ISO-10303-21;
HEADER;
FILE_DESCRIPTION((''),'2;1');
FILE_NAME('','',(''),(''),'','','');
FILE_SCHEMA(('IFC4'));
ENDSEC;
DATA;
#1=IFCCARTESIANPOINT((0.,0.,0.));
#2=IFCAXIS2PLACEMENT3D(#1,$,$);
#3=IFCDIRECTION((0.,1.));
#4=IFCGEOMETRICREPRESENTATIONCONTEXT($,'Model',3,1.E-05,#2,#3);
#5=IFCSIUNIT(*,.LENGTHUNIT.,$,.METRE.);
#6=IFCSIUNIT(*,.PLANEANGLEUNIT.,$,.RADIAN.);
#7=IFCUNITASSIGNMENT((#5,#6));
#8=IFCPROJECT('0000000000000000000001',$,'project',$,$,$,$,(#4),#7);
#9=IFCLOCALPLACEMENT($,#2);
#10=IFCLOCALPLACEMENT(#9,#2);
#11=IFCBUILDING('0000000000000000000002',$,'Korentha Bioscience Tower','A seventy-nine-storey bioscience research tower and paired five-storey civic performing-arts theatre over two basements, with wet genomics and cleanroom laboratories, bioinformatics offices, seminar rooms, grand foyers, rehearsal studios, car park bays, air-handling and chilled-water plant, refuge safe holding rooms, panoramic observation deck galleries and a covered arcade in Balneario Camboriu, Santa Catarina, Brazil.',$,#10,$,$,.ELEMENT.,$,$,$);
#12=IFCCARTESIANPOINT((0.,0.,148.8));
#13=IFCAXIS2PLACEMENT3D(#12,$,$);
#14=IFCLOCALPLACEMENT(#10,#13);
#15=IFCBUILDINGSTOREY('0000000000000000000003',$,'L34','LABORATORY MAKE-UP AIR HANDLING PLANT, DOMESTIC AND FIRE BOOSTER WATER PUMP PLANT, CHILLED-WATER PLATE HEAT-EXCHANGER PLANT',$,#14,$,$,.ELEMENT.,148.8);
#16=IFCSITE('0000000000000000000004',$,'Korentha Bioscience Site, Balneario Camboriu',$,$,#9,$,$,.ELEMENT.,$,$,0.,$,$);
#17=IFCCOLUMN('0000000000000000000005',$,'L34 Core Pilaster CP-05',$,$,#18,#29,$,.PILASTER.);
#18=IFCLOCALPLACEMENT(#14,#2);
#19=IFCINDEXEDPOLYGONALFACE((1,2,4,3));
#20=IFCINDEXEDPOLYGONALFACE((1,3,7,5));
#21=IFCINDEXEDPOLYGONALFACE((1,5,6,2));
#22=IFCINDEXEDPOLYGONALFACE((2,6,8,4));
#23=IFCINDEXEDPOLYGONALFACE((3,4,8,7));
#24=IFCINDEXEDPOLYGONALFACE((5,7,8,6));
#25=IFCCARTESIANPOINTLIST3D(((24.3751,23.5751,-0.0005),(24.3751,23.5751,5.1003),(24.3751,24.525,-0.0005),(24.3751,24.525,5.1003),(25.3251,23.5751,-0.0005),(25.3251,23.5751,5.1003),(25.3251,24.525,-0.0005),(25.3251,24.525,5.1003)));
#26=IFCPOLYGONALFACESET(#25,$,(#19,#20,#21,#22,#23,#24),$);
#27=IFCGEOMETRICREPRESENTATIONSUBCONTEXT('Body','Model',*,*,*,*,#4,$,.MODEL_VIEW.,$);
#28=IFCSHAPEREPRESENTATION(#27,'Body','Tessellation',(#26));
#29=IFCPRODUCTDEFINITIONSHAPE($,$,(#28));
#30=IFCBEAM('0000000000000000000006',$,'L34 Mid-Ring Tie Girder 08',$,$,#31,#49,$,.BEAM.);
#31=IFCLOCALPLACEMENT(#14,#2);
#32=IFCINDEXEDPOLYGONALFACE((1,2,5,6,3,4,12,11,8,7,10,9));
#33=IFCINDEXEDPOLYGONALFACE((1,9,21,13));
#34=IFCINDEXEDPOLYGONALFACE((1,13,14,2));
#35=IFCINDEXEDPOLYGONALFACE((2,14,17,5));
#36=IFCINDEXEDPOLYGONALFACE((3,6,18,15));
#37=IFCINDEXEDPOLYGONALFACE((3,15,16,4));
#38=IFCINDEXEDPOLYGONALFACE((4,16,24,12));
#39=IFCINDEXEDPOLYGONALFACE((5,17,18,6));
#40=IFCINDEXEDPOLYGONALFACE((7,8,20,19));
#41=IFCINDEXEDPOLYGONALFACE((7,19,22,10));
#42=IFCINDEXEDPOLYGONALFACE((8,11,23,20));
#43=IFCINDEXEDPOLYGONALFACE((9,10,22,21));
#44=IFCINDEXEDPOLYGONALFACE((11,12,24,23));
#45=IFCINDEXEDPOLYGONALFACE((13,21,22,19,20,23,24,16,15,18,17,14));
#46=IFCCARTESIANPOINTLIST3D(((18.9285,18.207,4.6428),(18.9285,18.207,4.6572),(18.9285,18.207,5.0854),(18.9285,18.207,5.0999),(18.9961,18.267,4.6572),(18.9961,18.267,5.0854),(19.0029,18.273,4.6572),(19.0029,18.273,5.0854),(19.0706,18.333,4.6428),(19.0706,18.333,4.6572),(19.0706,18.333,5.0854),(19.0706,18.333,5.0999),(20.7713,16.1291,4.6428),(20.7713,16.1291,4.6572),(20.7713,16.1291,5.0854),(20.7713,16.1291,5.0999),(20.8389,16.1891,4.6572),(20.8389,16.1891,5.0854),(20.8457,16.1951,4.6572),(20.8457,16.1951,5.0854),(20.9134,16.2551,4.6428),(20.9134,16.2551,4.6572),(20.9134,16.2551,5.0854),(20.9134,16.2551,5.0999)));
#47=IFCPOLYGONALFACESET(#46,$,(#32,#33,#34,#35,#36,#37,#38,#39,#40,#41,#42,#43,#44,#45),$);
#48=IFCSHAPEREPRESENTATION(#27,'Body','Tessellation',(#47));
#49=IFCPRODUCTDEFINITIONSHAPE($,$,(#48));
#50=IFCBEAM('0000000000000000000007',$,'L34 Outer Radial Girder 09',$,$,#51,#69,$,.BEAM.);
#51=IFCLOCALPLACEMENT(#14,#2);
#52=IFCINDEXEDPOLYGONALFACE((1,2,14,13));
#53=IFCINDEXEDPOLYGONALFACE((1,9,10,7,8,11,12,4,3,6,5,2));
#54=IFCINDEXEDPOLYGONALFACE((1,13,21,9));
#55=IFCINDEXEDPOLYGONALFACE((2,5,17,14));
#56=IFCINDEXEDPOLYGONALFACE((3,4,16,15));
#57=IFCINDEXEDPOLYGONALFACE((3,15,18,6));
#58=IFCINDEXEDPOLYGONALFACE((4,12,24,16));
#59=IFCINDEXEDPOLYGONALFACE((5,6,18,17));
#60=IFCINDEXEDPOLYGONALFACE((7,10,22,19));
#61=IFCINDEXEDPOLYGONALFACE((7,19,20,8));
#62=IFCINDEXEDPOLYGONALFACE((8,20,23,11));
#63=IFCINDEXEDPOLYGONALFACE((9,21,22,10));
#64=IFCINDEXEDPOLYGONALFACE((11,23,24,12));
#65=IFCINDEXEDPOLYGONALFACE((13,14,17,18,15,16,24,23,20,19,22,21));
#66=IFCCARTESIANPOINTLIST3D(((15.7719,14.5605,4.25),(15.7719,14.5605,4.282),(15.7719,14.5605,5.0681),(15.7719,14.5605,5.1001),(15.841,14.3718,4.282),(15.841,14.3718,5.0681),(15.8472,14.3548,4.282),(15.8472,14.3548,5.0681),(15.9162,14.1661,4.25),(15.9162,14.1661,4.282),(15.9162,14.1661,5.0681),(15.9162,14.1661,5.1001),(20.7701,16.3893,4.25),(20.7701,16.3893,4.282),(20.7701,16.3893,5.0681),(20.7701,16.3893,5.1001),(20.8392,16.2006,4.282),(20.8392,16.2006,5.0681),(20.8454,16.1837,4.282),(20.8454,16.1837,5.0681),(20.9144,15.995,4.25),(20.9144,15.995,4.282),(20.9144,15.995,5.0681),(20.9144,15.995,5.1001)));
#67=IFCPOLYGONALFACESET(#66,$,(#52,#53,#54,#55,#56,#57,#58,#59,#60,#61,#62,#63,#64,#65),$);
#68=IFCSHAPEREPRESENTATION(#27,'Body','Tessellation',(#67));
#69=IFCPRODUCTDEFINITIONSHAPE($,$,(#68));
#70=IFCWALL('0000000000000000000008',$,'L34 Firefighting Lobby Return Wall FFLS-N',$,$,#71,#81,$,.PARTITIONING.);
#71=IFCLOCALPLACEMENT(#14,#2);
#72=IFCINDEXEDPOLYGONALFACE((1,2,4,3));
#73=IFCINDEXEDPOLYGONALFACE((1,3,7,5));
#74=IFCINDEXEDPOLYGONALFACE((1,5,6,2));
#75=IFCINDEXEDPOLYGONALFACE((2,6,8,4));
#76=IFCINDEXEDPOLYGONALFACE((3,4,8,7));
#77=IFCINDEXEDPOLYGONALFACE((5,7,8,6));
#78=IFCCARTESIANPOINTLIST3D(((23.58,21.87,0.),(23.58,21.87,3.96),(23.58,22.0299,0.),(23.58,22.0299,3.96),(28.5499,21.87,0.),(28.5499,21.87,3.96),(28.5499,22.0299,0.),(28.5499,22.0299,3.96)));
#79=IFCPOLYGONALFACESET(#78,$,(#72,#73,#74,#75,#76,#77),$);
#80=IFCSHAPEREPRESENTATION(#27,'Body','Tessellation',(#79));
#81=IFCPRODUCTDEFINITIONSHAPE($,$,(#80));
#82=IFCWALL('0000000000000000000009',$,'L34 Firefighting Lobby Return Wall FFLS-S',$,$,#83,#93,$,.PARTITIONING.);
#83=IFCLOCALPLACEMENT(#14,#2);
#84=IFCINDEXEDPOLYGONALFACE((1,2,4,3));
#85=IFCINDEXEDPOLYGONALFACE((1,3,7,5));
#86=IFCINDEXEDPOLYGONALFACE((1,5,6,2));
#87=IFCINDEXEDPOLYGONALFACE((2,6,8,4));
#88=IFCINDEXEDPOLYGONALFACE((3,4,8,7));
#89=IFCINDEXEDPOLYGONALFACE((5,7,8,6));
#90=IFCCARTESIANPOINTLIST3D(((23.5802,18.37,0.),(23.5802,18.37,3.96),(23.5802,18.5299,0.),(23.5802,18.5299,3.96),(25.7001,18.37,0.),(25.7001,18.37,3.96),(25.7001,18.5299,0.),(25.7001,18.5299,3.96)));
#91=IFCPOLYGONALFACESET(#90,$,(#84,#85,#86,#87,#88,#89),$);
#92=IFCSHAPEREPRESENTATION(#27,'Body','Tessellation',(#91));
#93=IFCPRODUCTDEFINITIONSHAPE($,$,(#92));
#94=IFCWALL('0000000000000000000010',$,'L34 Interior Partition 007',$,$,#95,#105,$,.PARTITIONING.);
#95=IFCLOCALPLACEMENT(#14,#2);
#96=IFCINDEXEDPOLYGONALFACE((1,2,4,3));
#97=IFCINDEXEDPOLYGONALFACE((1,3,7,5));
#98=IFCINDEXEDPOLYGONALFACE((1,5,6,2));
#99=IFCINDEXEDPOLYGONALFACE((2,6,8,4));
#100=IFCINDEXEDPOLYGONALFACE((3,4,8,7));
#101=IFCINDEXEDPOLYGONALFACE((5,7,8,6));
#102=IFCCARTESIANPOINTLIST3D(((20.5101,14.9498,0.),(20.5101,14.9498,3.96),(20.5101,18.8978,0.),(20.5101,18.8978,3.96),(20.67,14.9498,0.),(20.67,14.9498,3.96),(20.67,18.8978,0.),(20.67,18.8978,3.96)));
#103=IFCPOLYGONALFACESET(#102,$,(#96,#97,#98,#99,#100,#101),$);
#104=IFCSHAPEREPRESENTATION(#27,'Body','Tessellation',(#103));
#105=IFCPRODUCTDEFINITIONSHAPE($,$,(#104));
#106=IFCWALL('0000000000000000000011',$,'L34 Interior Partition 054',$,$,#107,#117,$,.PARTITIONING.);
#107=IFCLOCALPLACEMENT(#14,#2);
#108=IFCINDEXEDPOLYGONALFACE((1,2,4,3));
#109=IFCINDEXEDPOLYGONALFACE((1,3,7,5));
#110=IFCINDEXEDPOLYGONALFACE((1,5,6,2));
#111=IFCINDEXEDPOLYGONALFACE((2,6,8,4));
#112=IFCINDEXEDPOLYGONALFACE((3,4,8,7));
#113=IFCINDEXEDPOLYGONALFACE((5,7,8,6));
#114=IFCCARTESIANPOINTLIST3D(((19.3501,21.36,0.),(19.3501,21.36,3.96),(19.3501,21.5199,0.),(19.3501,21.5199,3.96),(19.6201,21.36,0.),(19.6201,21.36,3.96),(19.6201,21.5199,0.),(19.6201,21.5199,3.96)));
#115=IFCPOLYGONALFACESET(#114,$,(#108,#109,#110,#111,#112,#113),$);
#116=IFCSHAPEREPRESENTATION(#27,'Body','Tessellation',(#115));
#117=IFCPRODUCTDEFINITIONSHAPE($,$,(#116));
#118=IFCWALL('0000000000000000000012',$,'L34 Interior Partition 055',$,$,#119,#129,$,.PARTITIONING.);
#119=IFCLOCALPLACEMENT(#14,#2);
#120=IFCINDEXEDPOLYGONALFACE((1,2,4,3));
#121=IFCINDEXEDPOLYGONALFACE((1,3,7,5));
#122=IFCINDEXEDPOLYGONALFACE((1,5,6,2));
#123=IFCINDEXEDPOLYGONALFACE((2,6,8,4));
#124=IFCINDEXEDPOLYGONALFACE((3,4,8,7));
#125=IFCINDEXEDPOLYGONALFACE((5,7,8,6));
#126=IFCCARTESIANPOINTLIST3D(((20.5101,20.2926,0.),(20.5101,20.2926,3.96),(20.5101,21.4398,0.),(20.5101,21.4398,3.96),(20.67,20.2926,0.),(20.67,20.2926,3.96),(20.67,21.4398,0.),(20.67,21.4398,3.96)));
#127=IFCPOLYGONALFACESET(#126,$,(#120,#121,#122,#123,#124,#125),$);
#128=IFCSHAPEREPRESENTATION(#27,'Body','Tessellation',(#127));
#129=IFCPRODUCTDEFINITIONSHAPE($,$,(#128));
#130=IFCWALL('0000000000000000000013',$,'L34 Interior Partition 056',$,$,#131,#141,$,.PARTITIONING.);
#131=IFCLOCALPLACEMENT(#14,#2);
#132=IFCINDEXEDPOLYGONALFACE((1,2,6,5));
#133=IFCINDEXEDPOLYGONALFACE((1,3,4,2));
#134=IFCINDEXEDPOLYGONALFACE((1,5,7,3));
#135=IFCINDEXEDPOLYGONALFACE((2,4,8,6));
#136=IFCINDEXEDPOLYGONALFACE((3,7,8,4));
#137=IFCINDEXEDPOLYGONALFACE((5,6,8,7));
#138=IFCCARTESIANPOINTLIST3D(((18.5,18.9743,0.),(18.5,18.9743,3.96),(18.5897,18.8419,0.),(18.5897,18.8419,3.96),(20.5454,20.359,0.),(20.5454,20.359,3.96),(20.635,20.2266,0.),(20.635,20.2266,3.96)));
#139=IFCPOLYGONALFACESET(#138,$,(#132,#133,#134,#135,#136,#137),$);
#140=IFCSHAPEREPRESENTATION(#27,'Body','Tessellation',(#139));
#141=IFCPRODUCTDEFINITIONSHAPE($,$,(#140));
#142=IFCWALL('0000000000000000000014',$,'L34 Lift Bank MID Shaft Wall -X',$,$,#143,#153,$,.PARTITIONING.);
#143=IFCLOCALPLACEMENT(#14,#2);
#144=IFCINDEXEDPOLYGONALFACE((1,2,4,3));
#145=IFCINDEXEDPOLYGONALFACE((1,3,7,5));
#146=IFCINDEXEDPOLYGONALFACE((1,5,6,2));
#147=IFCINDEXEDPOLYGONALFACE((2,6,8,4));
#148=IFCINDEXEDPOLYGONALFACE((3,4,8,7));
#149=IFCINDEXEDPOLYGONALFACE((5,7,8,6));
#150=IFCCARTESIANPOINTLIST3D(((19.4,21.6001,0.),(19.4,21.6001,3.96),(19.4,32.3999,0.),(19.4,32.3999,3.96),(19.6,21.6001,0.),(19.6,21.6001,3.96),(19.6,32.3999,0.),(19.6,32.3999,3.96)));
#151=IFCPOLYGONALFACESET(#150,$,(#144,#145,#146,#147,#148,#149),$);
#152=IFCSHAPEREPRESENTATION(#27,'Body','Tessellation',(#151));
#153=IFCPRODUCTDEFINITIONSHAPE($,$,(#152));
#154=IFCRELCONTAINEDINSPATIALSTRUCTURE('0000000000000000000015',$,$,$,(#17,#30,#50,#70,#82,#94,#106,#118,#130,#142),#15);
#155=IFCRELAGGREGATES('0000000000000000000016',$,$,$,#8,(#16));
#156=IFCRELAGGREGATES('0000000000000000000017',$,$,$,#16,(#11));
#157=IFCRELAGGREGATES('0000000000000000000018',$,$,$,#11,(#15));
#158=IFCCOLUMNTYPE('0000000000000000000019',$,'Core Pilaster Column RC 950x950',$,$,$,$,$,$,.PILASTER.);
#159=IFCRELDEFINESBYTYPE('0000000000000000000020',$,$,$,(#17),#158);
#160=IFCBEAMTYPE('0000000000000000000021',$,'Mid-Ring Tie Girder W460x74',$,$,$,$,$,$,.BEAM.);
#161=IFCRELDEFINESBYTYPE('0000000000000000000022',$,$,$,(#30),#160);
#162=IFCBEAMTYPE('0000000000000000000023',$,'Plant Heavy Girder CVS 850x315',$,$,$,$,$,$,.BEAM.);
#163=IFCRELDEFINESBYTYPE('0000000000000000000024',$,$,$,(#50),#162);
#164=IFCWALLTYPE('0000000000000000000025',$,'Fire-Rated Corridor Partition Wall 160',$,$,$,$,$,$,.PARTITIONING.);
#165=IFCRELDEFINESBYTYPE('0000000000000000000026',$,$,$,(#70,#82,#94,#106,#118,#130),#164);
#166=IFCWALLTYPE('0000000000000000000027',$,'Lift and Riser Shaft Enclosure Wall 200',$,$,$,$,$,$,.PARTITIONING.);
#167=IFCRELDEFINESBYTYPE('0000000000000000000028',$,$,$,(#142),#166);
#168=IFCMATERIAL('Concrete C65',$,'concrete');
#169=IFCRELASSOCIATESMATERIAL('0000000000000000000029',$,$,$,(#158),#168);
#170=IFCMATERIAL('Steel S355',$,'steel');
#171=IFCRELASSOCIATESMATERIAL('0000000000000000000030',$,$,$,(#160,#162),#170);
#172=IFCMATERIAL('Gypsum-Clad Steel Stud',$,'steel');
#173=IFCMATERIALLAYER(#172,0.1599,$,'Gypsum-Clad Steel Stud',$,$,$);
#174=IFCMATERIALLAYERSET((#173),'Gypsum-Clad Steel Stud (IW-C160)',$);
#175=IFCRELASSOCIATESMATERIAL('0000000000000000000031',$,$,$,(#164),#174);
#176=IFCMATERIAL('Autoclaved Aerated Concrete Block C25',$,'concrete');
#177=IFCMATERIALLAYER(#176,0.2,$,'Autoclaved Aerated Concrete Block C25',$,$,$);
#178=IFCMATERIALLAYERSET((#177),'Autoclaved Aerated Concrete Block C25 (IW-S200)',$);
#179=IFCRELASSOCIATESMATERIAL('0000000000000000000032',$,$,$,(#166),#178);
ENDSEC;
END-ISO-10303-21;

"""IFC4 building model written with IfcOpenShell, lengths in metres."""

from ifc_helpers import new_model, si_unit, direction, frame, frame_2d, origin, origin_2d, place, context, subcontext, project, spatial, rectangle, i_section, extrude, material, layer, layer_set, material_profile, profile_set, type_object, element, save


model = new_model("IFC4")

# Units and contexts
model_context = context("Model", 3, precision=1e-05, world=origin(), true_north=direction((0.0, 1.0)))
body_context = subcontext(model_context, "Body", "Model", "MODEL_VIEW")
ifc_project = project(units=[si_unit("LENGTHUNIT", "METRE"), si_unit("PLANEANGLEUNIT", "RADIAN")], contexts=[model_context])

# Site, building, storey
site_placement = place(None, origin())
site = spatial("IfcSite", under=ifc_project, at=site_placement, Name="Korentha Bioscience Site, Balneario Camboriu", CompositionType="ELEMENT", RefElevation=0.0)
building_placement = place(site_placement, origin())
building = spatial("IfcBuilding", under=site, at=building_placement, Name="Korentha Bioscience Tower", Description="A seventy-nine-storey bioscience research tower and paired five-storey civic performing-arts theatre over two basements, with wet genomics and cleanroom laboratories, bioinformatics offices, seminar rooms, grand foyers, rehearsal studios, car park bays, air-handling and chilled-water plant, refuge safe holding rooms, panoramic observation deck galleries and a covered arcade in Balneario Camboriu, Santa Catarina, Brazil.", CompositionType="ELEMENT")
storey_placement = place(building_placement, frame((0.0, 0.0, 148.8)))
storey = spatial("IfcBuildingStorey", under=building, at=storey_placement, Name="L34", Description="LABORATORY MAKE-UP AIR HANDLING PLANT, DOMESTIC AND FIRE BOOSTER WATER PUMP PLANT, CHILLED-WATER PLATE HEAT-EXCHANGER PLANT", CompositionType="ELEMENT", Elevation=148.8)

# Column
ifc_material_1 = material(Name="Concrete C65", Category="concrete")
ifc_material_profile_1 = material_profile(ifc_material_1, rectangle(XDim=0.95, YDim=0.95, at=origin_2d()), Name="Concrete C65")
ifc_profile_set_1 = profile_set([ifc_material_profile_1], Name="Concrete C65 (COL-CP09)")
column_type = type_object("IfcColumnType", Name="Core Pilaster Column RC 950x950", PredefinedType="PILASTER", material=ifc_profile_set_1)
column_placement = place(storey_placement, frame((24.8501, 24.05, -0.0005), z_axis=(0.0, 0.0, 1.0), x_axis=(1.0, 0.0, 0.0)))
element("IfcColumn", 1, at=column_placement, inside=storey, type_object=column_type, Name="L34 Core Pilaster CP-05", PredefinedType="PILASTER", context=body_context, shape_type="SweptSolid", body=[
    extrude(rectangle(XDim=0.95, YDim=0.95, at=origin_2d()), origin(), (0.0, 0.0, 1.0), 5.1008),
])

# Beams
ifc_material_2 = material(Name="Steel S355", Category="steel")
ifc_material_profile_2 = material_profile(ifc_material_2, i_section(OverallWidth=0.1899, OverallDepth=0.457, WebThickness=0.009, FlangeThickness=0.0144, at=origin_2d()), Name="Steel S355")
ifc_profile_set_2 = profile_set([ifc_material_profile_2], Name="Steel S355 (MB-460)")
beam_type_1 = type_object("IfcBeamType", Name="Mid-Ring Tie Girder W460x74", PredefinedType="BEAM", material=ifc_profile_set_2)
beam_1_placement = place(storey_placement, frame((18.9995, 18.27, 4.8713), z_axis=(0.663512, -0.748165, 0.0), x_axis=(0.748165, 0.663512, 0.0)))
element("IfcBeam", 2, at=beam_1_placement, inside=storey, type_object=beam_type_1, Name="L34 Mid-Ring Tie Girder 08", PredefinedType="BEAM", context=body_context, shape_type="SweptSolid", body=[
    extrude(i_section(OverallWidth=0.1899, OverallDepth=0.457, WebThickness=0.009, FlangeThickness=0.0144, at=origin_2d()), origin(), (0.0, 0.0, 1.0), 2.7773),
])
ifc_material_profile_3 = material_profile(ifc_material_2, i_section(OverallWidth=0.4199, OverallDepth=0.8501, WebThickness=0.0181, FlangeThickness=0.032, at=origin_2d()), Name="Steel S355")
ifc_profile_set_3 = profile_set([ifc_material_profile_3], Name="Steel S355 (MB-850)")
beam_type_2 = type_object("IfcBeamType", Name="Plant Heavy Girder CVS 850x315", PredefinedType="BEAM", material=ifc_profile_set_3)
beam_2_placement = place(storey_placement, frame((20.8423, 16.1921, 4.675), z_axis=(-0.93911, -0.343617, 0.0), x_axis=(0.343617, -0.93911, 0.0)))
element("IfcBeam", 3, at=beam_2_placement, inside=storey, type_object=beam_type_2, Name="L34 Outer Radial Girder 09", PredefinedType="BEAM", context=body_context, shape_type="SweptSolid", body=[
    extrude(i_section(OverallWidth=0.4199, OverallDepth=0.8501, WebThickness=0.0181, FlangeThickness=0.032, at=origin_2d()), origin(), (0.0, 0.0, 1.0), 5.3223),
])

# Shared definitions
ifc_material_3 = material(Name="Gypsum-Clad Steel Stud", Category="steel")
ifc_layer_1 = layer(ifc_material_3, 0.1599, Name="Gypsum-Clad Steel Stud")
ifc_layer_set_1 = layer_set([ifc_layer_1], Name="Gypsum-Clad Steel Stud (IW-C160)")
wall_type_1 = type_object("IfcWallType", Name="Fire-Rated Corridor Partition Wall 160", PredefinedType="PARTITIONING", material=ifc_layer_set_1)

# Walls
wall_1_placement = place(storey_placement, frame((23.5801, 21.95, 0.0), z_axis=(0.0, 0.0, 1.0), x_axis=(1.0, 0.0, 0.0)))
element("IfcWall", 4, at=wall_1_placement, inside=storey, type_object=wall_type_1, Name="L34 Firefighting Lobby Return Wall FFLS-N", PredefinedType="PARTITIONING", context=body_context, shape_type="SweptSolid", body=[
    extrude(rectangle(XDim=4.97, YDim=0.1599, at=frame_2d((2.4849, 0.0))), origin(), (0.0, 0.0, 1.0), 3.96),
])
wall_2_placement = place(storey_placement, frame((23.5801, 18.45, 0.0), z_axis=(0.0, 0.0, 1.0), x_axis=(1.0, 0.0, 0.0)))
element("IfcWall", 5, at=wall_2_placement, inside=storey, type_object=wall_type_1, Name="L34 Firefighting Lobby Return Wall FFLS-S", PredefinedType="PARTITIONING", context=body_context, shape_type="SweptSolid", body=[
    extrude(rectangle(XDim=2.1199, YDim=0.1599, at=frame_2d((1.0601, 0.0))), origin(), (0.0, 0.0, 1.0), 3.96),
])
wall_3_placement = place(storey_placement, frame((20.5901, 18.8979, 0.0), z_axis=(0.0, 0.0, 1.0), x_axis=(0.0, -1.0, 0.0)))
element("IfcWall", 6, at=wall_3_placement, inside=storey, type_object=wall_type_1, Name="L34 Interior Partition 007", PredefinedType="PARTITIONING", context=body_context, shape_type="SweptSolid", body=[
    extrude(rectangle(XDim=3.948, YDim=0.1599, at=frame_2d((1.9741, 0.0))), origin(), (0.0, 0.0, 1.0), 3.96),
])
wall_4_placement = place(storey_placement, frame((19.3501, 21.4399, 0.0), z_axis=(0.0, 0.0, 1.0), x_axis=(1.0, 0.0, 0.0)))
element("IfcWall", 7, at=wall_4_placement, inside=storey, type_object=wall_type_1, Name="L34 Interior Partition 054", PredefinedType="PARTITIONING", context=body_context, shape_type="SweptSolid", body=[
    extrude(rectangle(XDim=0.27, YDim=0.1599, at=frame_2d((0.135, 0.0))), origin(), (0.0, 0.0, 1.0), 3.96),
])
wall_5_placement = place(storey_placement, frame((20.5901, 21.4399, 0.0), z_axis=(0.0, 0.0, 1.0), x_axis=(0.0, -1.0, 0.0)))
element("IfcWall", 8, at=wall_5_placement, inside=storey, type_object=wall_type_1, Name="L34 Interior Partition 055", PredefinedType="PARTITIONING", context=body_context, shape_type="SweptSolid", body=[
    extrude(rectangle(XDim=1.1472, YDim=0.1599, at=frame_2d((0.5737, 0.0))), origin(), (0.0, 0.0, 1.0), 3.96),
])
wall_6_placement = place(storey_placement, frame((20.5901, 20.2927, 0.0), z_axis=(0.0, 0.0, 1.0), x_axis=(-0.828076, -0.560616, 0.0)))
element("IfcWall", 9, at=wall_6_placement, inside=storey, type_object=wall_type_1, Name="L34 Interior Partition 056", PredefinedType="PARTITIONING", context=body_context, shape_type="SweptSolid", body=[
    extrude(rectangle(XDim=2.47, YDim=0.1599, at=frame_2d((1.2349, 0.0))), origin(), (0.0, 0.0, 1.0), 3.96),
])
ifc_material_4 = material(Name="Autoclaved Aerated Concrete Block C25", Category="concrete")
ifc_layer_2 = layer(ifc_material_4, 0.2, Name="Autoclaved Aerated Concrete Block C25")
ifc_layer_set_2 = layer_set([ifc_layer_2], Name="Autoclaved Aerated Concrete Block C25 (IW-S200)")
wall_type_2 = type_object("IfcWallType", Name="Lift and Riser Shaft Enclosure Wall 200", PredefinedType="PARTITIONING", material=ifc_layer_set_2)
wall_7_placement = place(storey_placement, frame((19.5, 21.6001, 0.0), z_axis=(0.0, 0.0, 1.0), x_axis=(0.0, 1.0, 0.0)))
element("IfcWall", 10, at=wall_7_placement, inside=storey, type_object=wall_type_2, Name="L34 Lift Bank MID Shaft Wall -X", PredefinedType="PARTITIONING", context=body_context, shape_type="SweptSolid", body=[
    extrude(rectangle(XDim=10.7998, YDim=0.2, at=frame_2d((5.3999, 0.0))), origin(), (0.0, 0.0, 1.0), 3.96),
])

save(model, "model.ifc")
